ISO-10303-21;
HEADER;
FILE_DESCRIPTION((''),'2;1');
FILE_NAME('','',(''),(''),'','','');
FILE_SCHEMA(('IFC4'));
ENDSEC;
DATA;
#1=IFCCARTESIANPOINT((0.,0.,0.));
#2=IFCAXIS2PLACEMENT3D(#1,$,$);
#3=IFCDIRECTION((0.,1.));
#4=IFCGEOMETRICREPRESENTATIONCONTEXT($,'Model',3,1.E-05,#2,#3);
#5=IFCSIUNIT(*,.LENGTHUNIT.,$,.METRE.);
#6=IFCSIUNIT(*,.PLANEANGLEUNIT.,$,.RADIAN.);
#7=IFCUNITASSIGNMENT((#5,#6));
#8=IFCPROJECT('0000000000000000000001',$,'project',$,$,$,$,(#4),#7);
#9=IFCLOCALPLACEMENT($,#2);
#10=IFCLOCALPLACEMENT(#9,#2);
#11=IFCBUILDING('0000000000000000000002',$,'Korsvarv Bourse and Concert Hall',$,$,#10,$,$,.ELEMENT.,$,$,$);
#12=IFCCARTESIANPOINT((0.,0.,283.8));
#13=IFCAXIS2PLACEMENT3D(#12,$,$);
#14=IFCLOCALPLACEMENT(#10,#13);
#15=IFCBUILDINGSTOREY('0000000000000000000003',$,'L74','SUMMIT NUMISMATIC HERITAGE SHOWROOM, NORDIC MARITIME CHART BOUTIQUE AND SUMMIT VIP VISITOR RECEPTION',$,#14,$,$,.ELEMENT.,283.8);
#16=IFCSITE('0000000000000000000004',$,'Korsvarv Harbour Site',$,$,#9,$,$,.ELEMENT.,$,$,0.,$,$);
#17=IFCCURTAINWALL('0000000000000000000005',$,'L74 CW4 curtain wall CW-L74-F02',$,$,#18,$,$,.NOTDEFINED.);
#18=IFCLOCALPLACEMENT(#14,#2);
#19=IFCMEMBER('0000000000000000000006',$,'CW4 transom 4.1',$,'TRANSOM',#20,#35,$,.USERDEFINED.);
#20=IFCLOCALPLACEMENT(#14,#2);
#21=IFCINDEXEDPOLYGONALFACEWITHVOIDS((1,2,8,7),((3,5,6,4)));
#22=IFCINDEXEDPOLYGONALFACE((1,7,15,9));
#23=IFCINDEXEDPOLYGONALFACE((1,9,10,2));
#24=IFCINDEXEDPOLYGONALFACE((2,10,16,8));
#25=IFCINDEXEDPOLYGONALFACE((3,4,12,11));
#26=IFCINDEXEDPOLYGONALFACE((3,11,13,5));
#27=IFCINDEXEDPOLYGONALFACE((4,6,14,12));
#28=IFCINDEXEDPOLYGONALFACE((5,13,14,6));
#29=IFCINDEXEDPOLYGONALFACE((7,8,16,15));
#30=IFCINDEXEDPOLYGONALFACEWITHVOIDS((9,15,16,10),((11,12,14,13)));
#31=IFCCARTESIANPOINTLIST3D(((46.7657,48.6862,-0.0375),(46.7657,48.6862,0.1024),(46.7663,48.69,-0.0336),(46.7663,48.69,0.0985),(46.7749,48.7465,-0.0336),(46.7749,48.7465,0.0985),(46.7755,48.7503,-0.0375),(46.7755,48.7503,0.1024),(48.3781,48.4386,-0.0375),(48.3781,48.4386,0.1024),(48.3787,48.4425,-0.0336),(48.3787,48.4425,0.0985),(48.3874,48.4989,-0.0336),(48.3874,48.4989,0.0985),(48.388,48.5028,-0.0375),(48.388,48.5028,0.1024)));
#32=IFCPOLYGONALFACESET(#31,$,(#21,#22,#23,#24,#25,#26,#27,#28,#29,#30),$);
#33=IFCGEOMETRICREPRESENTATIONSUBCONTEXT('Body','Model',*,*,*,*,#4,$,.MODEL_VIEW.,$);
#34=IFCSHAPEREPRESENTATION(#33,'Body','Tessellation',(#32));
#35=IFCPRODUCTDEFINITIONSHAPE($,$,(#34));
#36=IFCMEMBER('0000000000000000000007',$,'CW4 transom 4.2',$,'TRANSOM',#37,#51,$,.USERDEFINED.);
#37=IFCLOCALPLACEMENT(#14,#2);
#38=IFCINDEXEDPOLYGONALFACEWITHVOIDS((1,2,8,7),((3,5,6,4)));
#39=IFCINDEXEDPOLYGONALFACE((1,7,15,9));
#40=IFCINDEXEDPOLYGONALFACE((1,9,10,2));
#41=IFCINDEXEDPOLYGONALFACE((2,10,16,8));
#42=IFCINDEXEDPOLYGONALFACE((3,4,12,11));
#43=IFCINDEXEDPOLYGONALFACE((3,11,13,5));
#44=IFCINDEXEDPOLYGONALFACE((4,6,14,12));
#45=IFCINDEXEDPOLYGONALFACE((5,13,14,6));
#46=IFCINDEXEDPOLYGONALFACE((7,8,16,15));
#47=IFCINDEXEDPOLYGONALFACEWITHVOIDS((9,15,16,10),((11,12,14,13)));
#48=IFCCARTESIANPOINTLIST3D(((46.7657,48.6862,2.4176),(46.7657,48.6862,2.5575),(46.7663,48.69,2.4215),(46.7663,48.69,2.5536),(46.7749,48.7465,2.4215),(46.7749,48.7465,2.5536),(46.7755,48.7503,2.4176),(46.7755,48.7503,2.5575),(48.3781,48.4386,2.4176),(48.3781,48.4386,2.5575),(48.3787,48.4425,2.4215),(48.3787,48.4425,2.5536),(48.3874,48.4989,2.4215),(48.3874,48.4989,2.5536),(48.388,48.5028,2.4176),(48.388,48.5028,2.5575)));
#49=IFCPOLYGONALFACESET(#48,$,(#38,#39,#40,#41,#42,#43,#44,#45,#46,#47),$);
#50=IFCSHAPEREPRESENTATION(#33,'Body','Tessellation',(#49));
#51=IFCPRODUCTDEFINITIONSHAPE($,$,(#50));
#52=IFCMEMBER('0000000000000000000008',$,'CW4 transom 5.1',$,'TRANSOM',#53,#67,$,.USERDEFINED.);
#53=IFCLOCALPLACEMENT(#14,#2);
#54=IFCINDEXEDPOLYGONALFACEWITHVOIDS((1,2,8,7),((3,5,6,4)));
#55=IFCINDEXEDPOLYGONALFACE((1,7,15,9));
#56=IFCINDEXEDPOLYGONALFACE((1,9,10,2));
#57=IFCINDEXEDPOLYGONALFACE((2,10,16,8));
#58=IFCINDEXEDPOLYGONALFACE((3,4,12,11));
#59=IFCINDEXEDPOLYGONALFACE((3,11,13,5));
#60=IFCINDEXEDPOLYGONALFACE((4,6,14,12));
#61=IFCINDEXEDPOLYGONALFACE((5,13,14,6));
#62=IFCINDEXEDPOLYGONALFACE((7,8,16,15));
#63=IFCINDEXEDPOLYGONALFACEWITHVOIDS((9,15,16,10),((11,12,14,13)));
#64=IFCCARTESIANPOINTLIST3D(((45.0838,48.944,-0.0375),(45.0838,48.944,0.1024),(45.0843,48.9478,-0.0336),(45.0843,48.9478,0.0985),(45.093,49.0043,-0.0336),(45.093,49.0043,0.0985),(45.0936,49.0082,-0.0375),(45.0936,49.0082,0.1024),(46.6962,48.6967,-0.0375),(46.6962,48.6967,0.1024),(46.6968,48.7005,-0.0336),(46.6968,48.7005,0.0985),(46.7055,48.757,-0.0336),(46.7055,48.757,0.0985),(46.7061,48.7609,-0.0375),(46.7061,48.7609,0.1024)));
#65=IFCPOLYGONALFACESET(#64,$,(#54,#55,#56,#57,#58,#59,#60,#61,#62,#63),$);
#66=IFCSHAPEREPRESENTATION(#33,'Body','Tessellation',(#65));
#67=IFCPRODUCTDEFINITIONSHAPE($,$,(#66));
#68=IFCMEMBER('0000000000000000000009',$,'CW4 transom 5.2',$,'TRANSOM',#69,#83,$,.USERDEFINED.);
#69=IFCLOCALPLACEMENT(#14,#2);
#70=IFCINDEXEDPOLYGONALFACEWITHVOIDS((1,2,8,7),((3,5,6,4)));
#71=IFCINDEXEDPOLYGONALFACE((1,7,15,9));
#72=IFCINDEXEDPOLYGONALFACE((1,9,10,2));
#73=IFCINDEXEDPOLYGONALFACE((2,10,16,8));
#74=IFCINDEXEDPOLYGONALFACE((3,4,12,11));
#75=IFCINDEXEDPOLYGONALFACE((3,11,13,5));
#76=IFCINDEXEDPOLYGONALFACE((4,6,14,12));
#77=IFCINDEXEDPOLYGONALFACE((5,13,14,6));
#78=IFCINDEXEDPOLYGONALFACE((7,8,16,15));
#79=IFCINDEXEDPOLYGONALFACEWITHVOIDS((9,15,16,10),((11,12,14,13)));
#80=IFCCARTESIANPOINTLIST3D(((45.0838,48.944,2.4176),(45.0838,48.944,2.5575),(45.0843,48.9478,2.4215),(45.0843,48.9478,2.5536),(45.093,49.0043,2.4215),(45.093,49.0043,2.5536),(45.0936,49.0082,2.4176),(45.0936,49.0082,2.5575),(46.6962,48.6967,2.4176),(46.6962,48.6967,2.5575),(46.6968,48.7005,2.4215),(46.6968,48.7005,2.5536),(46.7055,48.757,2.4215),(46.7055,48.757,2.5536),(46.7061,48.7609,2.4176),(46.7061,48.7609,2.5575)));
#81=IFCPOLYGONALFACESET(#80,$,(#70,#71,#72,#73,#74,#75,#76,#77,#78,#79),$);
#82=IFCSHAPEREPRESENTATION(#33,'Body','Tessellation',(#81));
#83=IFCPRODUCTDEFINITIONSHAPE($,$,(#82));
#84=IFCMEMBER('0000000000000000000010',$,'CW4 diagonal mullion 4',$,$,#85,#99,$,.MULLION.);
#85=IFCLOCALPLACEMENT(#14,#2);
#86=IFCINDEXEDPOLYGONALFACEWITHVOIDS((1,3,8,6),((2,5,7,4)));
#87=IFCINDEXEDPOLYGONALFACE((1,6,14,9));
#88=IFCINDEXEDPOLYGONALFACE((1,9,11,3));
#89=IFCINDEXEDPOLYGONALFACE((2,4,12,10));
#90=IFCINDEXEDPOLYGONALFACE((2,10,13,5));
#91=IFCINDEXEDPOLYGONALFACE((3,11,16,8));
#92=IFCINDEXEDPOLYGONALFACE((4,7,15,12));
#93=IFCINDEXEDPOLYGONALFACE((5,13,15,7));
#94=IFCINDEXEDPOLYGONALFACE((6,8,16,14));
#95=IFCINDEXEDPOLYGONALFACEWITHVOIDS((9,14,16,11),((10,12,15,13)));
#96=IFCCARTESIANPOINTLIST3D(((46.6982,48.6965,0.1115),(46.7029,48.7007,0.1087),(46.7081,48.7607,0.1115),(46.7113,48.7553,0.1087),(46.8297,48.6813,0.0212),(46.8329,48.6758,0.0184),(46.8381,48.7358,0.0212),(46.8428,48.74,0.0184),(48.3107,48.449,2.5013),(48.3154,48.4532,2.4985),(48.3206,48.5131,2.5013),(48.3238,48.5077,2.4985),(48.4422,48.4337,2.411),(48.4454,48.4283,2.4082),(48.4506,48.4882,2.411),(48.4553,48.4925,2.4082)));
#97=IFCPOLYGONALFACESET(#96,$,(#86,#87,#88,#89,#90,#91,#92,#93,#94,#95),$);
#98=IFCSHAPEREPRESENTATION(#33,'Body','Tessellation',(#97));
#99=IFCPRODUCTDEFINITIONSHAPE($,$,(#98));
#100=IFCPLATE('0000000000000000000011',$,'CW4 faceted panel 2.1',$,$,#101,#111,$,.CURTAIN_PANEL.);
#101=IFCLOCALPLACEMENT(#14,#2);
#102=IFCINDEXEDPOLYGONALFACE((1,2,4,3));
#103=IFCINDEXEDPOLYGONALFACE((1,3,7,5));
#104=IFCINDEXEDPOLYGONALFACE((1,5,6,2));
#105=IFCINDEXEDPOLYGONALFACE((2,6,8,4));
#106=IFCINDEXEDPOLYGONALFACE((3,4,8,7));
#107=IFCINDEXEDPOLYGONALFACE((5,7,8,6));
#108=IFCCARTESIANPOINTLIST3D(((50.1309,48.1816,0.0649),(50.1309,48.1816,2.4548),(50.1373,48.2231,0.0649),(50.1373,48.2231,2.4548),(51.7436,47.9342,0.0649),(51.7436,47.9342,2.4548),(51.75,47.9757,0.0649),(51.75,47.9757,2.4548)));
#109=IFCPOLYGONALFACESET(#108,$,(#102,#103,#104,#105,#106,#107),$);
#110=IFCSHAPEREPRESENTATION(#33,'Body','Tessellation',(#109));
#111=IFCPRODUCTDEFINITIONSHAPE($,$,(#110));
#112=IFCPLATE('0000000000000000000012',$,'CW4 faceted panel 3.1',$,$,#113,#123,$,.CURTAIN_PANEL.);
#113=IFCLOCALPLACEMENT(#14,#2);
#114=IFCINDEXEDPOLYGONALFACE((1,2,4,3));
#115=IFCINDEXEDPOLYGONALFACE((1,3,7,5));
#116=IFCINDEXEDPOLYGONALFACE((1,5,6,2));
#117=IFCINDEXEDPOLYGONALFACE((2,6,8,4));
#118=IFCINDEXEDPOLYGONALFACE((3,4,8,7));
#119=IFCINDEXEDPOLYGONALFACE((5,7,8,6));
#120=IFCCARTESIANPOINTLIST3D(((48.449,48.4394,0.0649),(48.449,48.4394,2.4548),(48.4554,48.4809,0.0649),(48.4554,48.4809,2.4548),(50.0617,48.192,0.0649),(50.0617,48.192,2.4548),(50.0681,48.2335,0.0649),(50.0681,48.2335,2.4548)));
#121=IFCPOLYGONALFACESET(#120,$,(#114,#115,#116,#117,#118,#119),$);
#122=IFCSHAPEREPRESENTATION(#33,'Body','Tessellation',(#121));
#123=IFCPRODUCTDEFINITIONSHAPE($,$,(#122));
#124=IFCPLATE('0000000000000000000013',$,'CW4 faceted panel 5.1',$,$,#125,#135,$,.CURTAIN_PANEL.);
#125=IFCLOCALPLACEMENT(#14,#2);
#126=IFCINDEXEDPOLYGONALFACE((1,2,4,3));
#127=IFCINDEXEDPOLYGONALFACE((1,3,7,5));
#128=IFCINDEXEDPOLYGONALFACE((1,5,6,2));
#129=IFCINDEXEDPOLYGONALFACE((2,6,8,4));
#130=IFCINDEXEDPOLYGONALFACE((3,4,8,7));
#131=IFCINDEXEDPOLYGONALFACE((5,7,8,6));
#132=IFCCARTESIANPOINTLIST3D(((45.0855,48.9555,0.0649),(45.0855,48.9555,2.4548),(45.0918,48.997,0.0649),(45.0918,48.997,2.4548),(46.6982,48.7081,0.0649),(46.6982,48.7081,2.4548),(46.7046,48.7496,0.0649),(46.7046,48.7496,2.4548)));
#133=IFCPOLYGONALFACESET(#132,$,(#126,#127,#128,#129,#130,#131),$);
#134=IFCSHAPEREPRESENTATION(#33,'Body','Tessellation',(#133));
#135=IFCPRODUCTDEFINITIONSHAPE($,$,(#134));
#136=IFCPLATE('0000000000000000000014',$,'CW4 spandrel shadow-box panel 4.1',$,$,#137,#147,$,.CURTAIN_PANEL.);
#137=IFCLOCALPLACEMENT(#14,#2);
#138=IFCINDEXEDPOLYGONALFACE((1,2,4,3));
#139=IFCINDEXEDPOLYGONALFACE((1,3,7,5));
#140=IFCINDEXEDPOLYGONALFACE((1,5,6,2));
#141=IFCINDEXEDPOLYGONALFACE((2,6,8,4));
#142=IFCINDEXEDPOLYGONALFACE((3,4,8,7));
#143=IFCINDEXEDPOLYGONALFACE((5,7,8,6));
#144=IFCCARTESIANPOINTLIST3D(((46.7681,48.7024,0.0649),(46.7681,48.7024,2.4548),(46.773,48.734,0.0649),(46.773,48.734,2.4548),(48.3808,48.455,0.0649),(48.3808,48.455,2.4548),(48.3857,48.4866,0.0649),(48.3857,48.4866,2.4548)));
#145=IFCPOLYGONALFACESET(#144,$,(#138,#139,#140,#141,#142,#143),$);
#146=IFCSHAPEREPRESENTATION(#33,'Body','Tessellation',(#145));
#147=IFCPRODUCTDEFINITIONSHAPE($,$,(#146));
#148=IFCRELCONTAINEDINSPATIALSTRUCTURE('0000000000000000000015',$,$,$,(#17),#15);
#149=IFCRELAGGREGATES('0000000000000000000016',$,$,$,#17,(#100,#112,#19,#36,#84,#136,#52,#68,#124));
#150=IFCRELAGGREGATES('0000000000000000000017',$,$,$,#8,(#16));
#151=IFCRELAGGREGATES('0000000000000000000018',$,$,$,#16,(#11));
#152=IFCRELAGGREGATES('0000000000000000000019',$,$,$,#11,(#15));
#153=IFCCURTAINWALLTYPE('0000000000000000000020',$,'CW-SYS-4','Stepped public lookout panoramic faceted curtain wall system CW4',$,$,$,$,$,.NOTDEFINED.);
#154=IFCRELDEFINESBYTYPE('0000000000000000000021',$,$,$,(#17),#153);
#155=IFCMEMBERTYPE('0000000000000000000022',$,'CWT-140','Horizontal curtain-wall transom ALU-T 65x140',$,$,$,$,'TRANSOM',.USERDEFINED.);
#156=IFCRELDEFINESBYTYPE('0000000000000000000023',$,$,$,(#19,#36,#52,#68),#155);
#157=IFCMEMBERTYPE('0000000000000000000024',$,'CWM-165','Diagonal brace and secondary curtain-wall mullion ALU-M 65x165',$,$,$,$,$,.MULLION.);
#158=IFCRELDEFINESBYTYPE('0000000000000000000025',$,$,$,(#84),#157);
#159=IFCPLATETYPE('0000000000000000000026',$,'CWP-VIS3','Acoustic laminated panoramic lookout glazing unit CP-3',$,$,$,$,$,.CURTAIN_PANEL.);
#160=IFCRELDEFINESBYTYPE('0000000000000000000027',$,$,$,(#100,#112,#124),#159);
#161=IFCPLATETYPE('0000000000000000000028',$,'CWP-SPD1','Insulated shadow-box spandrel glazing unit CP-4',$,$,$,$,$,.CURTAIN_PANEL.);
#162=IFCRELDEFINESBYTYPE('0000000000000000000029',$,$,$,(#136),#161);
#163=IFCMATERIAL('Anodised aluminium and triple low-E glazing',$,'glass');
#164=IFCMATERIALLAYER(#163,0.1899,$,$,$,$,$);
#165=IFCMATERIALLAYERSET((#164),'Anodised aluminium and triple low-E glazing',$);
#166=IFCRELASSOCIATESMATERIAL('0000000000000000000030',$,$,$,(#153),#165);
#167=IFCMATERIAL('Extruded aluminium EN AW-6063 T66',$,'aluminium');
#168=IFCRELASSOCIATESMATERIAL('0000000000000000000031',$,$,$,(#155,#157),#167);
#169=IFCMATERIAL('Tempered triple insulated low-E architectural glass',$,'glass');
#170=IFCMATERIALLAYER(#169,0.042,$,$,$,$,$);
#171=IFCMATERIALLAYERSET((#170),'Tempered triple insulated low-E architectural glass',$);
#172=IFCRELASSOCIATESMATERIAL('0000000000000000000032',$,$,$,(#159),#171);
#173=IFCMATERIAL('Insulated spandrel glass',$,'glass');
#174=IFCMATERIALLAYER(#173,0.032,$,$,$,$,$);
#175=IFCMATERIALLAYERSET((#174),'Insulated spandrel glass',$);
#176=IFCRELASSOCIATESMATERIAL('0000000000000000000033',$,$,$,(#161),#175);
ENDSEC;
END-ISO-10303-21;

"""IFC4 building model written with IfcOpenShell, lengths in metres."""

from ifc_helpers import new_model, si_unit, direction, frame, origin, origin_2d, place, context, subcontext, project, spatial, rectangle, hollow_rectangle, extrude, source, transform, mapped, material, layer, layer_set, material_profile, profile_set, type_object, element, aggregate, save


model = new_model("IFC4")

# Units and contexts
model_context = context("Model", 3, precision=1e-05, world=origin(), true_north=direction((0.0, 1.0)))
body_context = subcontext(model_context, "Body", "Model", "MODEL_VIEW")
ifc_project = project(units=[si_unit("LENGTHUNIT", "METRE"), si_unit("PLANEANGLEUNIT", "RADIAN")], contexts=[model_context])

# Site, building, storey
site_placement = place(None, origin())
site = spatial("IfcSite", under=ifc_project, at=site_placement, Name="Korsvarv Harbour Site", CompositionType="ELEMENT", RefElevation=0.0)
building_placement = place(site_placement, origin())
building = spatial("IfcBuilding", under=site, at=building_placement, Name="Korsvarv Bourse and Concert Hall", CompositionType="ELEMENT")
storey_placement = place(building_placement, frame((0.0, 0.0, 283.8)))
storey = spatial("IfcBuildingStorey", under=building, at=storey_placement, Name="L74", Description="SUMMIT NUMISMATIC HERITAGE SHOWROOM, NORDIC MARITIME CHART BOUTIQUE AND SUMMIT VIP VISITOR RECEPTION", CompositionType="ELEMENT", Elevation=283.8)

# Curtain wall, members, plates
ifc_material_1 = material(Name="Anodised aluminium and triple low-E glazing", Category="glass")
ifc_layer_1 = layer(ifc_material_1, 0.1899)
ifc_layer_set_1 = layer_set([ifc_layer_1], Name="Anodised aluminium and triple low-E glazing")
curtain_wall_type = type_object("IfcCurtainWallType", Name="CW-SYS-4", Description="Stepped public lookout panoramic faceted curtain wall system CW4", PredefinedType="NOTDEFINED", material=ifc_layer_set_1)
curtain_wall_placement = place(storey_placement, origin())
curtain_wall = element("IfcCurtainWall", 1, at=curtain_wall_placement, inside=storey, type_object=curtain_wall_type, Name="L74 CW4 curtain wall CW-L74-F02", PredefinedType="NOTDEFINED")
ifc_material_2 = material(Name="Extruded aluminium EN AW-6063 T66", Category="aluminium")
ifc_material_profile_1 = material_profile(ifc_material_2, hollow_rectangle(XDim=0.0649, YDim=0.1399, WallThickness=0.0039, at=origin_2d()), Name="ALU-T 65x140")
ifc_profile_set_1 = profile_set([ifc_material_profile_1], Name="Extruded aluminium EN AW-6063 T66")
member_type_1 = type_object("IfcMemberType", Name="CWT-140", Description="Horizontal curtain-wall transom ALU-T 65x140", ElementType="TRANSOM", PredefinedType="USERDEFINED", material=ifc_profile_set_1)
shared_shape_1 = source(origin(), body_context, "Body", "SweptSolid", [
    extrude(hollow_rectangle(XDim=0.0649, YDim=0.1399, WallThickness=0.0039, at=origin_2d()), origin(), (0.0, 0.0, 1.0), 1.6313),
])
member_1_placement = place(storey_placement, frame((48.3831, 48.4707, 0.0325), z_axis=(-0.98842, 0.151742, 0.0), x_axis=(-0.151742, -0.98842, 0.0)))
member_1 = element("IfcMember", 2, at=member_1_placement, type_object=member_type_1, Name="CW4 transom 4.1", ObjectType="TRANSOM", PredefinedType="USERDEFINED", context=body_context, shape_type="MappedRepresentation", body=[
    mapped(shared_shape_1, transform((0.0, 0.0, 0.0), scale=1.0)),
])
member_2_placement = place(storey_placement, frame((48.3831, 48.4707, 2.4875), z_axis=(-0.98842, 0.151742, 0.0), x_axis=(-0.151742, -0.98842, 0.0)))
member_2 = element("IfcMember", 3, at=member_2_placement, type_object=member_type_1, Name="CW4 transom 4.2", ObjectType="TRANSOM", PredefinedType="USERDEFINED", context=body_context, shape_type="MappedRepresentation", body=[
    mapped(shared_shape_1, transform((0.0, 0.0, 0.0), scale=1.0)),
])
member_3_placement = place(storey_placement, frame((46.7012, 48.7288, 0.0325), z_axis=(-0.988443, 0.151596, 0.0), x_axis=(-0.151596, -0.988443, 0.0)))
member_3 = element("IfcMember", 4, at=member_3_placement, type_object=member_type_1, Name="CW4 transom 5.1", ObjectType="TRANSOM", PredefinedType="USERDEFINED", context=body_context, shape_type="MappedRepresentation", body=[
    mapped(shared_shape_1, transform((0.0, 0.0, 0.0), scale=1.0)),
])
member_4_placement = place(storey_placement, frame((46.7012, 48.7288, 2.4875), z_axis=(-0.988443, 0.151596, 0.0), x_axis=(-0.151596, -0.988443, 0.0)))
member_4 = element("IfcMember", 5, at=member_4_placement, type_object=member_type_1, Name="CW4 transom 5.2", ObjectType="TRANSOM", PredefinedType="USERDEFINED", context=body_context, shape_type="MappedRepresentation", body=[
    mapped(shared_shape_1, transform((0.0, 0.0, 0.0), scale=1.0)),
])
ifc_material_profile_2 = material_profile(ifc_material_2, hollow_rectangle(XDim=0.0649, YDim=0.165, WallThickness=0.0049, at=origin_2d()), Name="ALU-M 65x165")
ifc_profile_set_2 = profile_set([ifc_material_profile_2], Name="Extruded aluminium EN AW-6063 T66")
member_type_2 = type_object("IfcMemberType", Name="CWM-165", Description="Diagonal brace and secondary curtain-wall mullion ALU-M 65x165", PredefinedType="MULLION", material=ifc_profile_set_2)
shared_shape_2 = source(origin(), body_context, "Body", "SweptSolid", [
    extrude(hollow_rectangle(XDim=0.0649, YDim=0.165, WallThickness=0.0049, at=origin_2d()), origin(), (0.0, 0.0, 1.0), 2.8936),
])
member_5_placement = place(storey_placement, frame((46.7705, 48.7183, 0.0649), z_axis=(0.557272, -0.085552, 0.825911), x_axis=(0.151742, 0.98842, 0.0)))
member_5 = element("IfcMember", 6, at=member_5_placement, type_object=member_type_2, Name="CW4 diagonal mullion 4", PredefinedType="MULLION", context=body_context, shape_type="MappedRepresentation", body=[
    mapped(shared_shape_2, transform((0.0, 0.0, 0.0), scale=1.0)),
])
ifc_material_3 = material(Name="Tempered triple insulated low-E architectural glass", Category="glass")
ifc_layer_2 = layer(ifc_material_3, 0.042)
ifc_layer_set_2 = layer_set([ifc_layer_2], Name="Tempered triple insulated low-E architectural glass")
plate_type_1 = type_object("IfcPlateType", Name="CWP-VIS3", Description="Acoustic laminated panoramic lookout glazing unit CP-3", PredefinedType="CURTAIN_PANEL", material=ifc_layer_set_2)
shared_shape_3 = source(origin(), body_context, "Body", "SweptSolid", [
    extrude(rectangle(XDim=1.6316, YDim=0.042, at=origin_2d()), origin(), (0.0, 0.0, 1.0), 2.3899),
])
plate_1_placement = place(storey_placement, frame((50.9404, 48.0786, 0.0649), z_axis=(0.0, 0.0, 1.0), x_axis=(-0.988437, 0.151631, 0.0)))
plate_1 = element("IfcPlate", 7, at=plate_1_placement, type_object=plate_type_1, Name="CW4 faceted panel 2.1", PredefinedType="CURTAIN_PANEL", context=body_context, shape_type="MappedRepresentation", body=[
    mapped(shared_shape_3, transform((0.0, 0.0, 0.0), scale=1.0)),
])
plate_2_placement = place(storey_placement, frame((49.2585, 48.3364, 0.0649), z_axis=(0.0, 0.0, 1.0), x_axis=(-0.988437, 0.151631, 0.0)))
plate_2 = element("IfcPlate", 8, at=plate_2_placement, type_object=plate_type_1, Name="CW4 faceted panel 3.1", PredefinedType="CURTAIN_PANEL", context=body_context, shape_type="MappedRepresentation", body=[
    mapped(shared_shape_3, transform((0.0, 0.0, 0.0), scale=1.0)),
])
plate_3_placement = place(storey_placement, frame((45.895, 48.8525, 0.0649), z_axis=(0.0, 0.0, 1.0), x_axis=(-0.988437, 0.151631, 0.0)))
plate_3 = element("IfcPlate", 9, at=plate_3_placement, type_object=plate_type_1, Name="CW4 faceted panel 5.1", PredefinedType="CURTAIN_PANEL", context=body_context, shape_type="MappedRepresentation", body=[
    mapped(shared_shape_3, transform((0.0, 0.0, 0.0), scale=1.0)),
])
ifc_material_4 = material(Name="Insulated spandrel glass", Category="glass")
ifc_layer_3 = layer(ifc_material_4, 0.032)
ifc_layer_set_3 = layer_set([ifc_layer_3], Name="Insulated spandrel glass")
plate_type_2 = type_object("IfcPlateType", Name="CWP-SPD1", Description="Insulated shadow-box spandrel glazing unit CP-4", PredefinedType="CURTAIN_PANEL", material=ifc_layer_set_3)
shared_shape_4 = source(origin(), body_context, "Body", "SweptSolid", [
    extrude(rectangle(XDim=1.6316, YDim=0.032, at=origin_2d()), origin(), (0.0, 0.0, 1.0), 2.3899),
])
plate_4_placement = place(storey_placement, frame((47.5769, 48.5945, 0.0649), z_axis=(0.0, 0.0, 1.0), x_axis=(-0.988437, 0.151631, 0.0)))
plate_4 = element("IfcPlate", 10, at=plate_4_placement, type_object=plate_type_2, Name="CW4 spandrel shadow-box panel 4.1", PredefinedType="CURTAIN_PANEL", context=body_context, shape_type="MappedRepresentation", body=[
    mapped(shared_shape_4, transform((0.0, 0.0, 0.0), scale=1.0)),
])
aggregate(curtain_wall, [plate_1, plate_2, member_1, member_2, member_5, plate_4, member_3, member_4, plate_3])

save(model, "model.ifc")
